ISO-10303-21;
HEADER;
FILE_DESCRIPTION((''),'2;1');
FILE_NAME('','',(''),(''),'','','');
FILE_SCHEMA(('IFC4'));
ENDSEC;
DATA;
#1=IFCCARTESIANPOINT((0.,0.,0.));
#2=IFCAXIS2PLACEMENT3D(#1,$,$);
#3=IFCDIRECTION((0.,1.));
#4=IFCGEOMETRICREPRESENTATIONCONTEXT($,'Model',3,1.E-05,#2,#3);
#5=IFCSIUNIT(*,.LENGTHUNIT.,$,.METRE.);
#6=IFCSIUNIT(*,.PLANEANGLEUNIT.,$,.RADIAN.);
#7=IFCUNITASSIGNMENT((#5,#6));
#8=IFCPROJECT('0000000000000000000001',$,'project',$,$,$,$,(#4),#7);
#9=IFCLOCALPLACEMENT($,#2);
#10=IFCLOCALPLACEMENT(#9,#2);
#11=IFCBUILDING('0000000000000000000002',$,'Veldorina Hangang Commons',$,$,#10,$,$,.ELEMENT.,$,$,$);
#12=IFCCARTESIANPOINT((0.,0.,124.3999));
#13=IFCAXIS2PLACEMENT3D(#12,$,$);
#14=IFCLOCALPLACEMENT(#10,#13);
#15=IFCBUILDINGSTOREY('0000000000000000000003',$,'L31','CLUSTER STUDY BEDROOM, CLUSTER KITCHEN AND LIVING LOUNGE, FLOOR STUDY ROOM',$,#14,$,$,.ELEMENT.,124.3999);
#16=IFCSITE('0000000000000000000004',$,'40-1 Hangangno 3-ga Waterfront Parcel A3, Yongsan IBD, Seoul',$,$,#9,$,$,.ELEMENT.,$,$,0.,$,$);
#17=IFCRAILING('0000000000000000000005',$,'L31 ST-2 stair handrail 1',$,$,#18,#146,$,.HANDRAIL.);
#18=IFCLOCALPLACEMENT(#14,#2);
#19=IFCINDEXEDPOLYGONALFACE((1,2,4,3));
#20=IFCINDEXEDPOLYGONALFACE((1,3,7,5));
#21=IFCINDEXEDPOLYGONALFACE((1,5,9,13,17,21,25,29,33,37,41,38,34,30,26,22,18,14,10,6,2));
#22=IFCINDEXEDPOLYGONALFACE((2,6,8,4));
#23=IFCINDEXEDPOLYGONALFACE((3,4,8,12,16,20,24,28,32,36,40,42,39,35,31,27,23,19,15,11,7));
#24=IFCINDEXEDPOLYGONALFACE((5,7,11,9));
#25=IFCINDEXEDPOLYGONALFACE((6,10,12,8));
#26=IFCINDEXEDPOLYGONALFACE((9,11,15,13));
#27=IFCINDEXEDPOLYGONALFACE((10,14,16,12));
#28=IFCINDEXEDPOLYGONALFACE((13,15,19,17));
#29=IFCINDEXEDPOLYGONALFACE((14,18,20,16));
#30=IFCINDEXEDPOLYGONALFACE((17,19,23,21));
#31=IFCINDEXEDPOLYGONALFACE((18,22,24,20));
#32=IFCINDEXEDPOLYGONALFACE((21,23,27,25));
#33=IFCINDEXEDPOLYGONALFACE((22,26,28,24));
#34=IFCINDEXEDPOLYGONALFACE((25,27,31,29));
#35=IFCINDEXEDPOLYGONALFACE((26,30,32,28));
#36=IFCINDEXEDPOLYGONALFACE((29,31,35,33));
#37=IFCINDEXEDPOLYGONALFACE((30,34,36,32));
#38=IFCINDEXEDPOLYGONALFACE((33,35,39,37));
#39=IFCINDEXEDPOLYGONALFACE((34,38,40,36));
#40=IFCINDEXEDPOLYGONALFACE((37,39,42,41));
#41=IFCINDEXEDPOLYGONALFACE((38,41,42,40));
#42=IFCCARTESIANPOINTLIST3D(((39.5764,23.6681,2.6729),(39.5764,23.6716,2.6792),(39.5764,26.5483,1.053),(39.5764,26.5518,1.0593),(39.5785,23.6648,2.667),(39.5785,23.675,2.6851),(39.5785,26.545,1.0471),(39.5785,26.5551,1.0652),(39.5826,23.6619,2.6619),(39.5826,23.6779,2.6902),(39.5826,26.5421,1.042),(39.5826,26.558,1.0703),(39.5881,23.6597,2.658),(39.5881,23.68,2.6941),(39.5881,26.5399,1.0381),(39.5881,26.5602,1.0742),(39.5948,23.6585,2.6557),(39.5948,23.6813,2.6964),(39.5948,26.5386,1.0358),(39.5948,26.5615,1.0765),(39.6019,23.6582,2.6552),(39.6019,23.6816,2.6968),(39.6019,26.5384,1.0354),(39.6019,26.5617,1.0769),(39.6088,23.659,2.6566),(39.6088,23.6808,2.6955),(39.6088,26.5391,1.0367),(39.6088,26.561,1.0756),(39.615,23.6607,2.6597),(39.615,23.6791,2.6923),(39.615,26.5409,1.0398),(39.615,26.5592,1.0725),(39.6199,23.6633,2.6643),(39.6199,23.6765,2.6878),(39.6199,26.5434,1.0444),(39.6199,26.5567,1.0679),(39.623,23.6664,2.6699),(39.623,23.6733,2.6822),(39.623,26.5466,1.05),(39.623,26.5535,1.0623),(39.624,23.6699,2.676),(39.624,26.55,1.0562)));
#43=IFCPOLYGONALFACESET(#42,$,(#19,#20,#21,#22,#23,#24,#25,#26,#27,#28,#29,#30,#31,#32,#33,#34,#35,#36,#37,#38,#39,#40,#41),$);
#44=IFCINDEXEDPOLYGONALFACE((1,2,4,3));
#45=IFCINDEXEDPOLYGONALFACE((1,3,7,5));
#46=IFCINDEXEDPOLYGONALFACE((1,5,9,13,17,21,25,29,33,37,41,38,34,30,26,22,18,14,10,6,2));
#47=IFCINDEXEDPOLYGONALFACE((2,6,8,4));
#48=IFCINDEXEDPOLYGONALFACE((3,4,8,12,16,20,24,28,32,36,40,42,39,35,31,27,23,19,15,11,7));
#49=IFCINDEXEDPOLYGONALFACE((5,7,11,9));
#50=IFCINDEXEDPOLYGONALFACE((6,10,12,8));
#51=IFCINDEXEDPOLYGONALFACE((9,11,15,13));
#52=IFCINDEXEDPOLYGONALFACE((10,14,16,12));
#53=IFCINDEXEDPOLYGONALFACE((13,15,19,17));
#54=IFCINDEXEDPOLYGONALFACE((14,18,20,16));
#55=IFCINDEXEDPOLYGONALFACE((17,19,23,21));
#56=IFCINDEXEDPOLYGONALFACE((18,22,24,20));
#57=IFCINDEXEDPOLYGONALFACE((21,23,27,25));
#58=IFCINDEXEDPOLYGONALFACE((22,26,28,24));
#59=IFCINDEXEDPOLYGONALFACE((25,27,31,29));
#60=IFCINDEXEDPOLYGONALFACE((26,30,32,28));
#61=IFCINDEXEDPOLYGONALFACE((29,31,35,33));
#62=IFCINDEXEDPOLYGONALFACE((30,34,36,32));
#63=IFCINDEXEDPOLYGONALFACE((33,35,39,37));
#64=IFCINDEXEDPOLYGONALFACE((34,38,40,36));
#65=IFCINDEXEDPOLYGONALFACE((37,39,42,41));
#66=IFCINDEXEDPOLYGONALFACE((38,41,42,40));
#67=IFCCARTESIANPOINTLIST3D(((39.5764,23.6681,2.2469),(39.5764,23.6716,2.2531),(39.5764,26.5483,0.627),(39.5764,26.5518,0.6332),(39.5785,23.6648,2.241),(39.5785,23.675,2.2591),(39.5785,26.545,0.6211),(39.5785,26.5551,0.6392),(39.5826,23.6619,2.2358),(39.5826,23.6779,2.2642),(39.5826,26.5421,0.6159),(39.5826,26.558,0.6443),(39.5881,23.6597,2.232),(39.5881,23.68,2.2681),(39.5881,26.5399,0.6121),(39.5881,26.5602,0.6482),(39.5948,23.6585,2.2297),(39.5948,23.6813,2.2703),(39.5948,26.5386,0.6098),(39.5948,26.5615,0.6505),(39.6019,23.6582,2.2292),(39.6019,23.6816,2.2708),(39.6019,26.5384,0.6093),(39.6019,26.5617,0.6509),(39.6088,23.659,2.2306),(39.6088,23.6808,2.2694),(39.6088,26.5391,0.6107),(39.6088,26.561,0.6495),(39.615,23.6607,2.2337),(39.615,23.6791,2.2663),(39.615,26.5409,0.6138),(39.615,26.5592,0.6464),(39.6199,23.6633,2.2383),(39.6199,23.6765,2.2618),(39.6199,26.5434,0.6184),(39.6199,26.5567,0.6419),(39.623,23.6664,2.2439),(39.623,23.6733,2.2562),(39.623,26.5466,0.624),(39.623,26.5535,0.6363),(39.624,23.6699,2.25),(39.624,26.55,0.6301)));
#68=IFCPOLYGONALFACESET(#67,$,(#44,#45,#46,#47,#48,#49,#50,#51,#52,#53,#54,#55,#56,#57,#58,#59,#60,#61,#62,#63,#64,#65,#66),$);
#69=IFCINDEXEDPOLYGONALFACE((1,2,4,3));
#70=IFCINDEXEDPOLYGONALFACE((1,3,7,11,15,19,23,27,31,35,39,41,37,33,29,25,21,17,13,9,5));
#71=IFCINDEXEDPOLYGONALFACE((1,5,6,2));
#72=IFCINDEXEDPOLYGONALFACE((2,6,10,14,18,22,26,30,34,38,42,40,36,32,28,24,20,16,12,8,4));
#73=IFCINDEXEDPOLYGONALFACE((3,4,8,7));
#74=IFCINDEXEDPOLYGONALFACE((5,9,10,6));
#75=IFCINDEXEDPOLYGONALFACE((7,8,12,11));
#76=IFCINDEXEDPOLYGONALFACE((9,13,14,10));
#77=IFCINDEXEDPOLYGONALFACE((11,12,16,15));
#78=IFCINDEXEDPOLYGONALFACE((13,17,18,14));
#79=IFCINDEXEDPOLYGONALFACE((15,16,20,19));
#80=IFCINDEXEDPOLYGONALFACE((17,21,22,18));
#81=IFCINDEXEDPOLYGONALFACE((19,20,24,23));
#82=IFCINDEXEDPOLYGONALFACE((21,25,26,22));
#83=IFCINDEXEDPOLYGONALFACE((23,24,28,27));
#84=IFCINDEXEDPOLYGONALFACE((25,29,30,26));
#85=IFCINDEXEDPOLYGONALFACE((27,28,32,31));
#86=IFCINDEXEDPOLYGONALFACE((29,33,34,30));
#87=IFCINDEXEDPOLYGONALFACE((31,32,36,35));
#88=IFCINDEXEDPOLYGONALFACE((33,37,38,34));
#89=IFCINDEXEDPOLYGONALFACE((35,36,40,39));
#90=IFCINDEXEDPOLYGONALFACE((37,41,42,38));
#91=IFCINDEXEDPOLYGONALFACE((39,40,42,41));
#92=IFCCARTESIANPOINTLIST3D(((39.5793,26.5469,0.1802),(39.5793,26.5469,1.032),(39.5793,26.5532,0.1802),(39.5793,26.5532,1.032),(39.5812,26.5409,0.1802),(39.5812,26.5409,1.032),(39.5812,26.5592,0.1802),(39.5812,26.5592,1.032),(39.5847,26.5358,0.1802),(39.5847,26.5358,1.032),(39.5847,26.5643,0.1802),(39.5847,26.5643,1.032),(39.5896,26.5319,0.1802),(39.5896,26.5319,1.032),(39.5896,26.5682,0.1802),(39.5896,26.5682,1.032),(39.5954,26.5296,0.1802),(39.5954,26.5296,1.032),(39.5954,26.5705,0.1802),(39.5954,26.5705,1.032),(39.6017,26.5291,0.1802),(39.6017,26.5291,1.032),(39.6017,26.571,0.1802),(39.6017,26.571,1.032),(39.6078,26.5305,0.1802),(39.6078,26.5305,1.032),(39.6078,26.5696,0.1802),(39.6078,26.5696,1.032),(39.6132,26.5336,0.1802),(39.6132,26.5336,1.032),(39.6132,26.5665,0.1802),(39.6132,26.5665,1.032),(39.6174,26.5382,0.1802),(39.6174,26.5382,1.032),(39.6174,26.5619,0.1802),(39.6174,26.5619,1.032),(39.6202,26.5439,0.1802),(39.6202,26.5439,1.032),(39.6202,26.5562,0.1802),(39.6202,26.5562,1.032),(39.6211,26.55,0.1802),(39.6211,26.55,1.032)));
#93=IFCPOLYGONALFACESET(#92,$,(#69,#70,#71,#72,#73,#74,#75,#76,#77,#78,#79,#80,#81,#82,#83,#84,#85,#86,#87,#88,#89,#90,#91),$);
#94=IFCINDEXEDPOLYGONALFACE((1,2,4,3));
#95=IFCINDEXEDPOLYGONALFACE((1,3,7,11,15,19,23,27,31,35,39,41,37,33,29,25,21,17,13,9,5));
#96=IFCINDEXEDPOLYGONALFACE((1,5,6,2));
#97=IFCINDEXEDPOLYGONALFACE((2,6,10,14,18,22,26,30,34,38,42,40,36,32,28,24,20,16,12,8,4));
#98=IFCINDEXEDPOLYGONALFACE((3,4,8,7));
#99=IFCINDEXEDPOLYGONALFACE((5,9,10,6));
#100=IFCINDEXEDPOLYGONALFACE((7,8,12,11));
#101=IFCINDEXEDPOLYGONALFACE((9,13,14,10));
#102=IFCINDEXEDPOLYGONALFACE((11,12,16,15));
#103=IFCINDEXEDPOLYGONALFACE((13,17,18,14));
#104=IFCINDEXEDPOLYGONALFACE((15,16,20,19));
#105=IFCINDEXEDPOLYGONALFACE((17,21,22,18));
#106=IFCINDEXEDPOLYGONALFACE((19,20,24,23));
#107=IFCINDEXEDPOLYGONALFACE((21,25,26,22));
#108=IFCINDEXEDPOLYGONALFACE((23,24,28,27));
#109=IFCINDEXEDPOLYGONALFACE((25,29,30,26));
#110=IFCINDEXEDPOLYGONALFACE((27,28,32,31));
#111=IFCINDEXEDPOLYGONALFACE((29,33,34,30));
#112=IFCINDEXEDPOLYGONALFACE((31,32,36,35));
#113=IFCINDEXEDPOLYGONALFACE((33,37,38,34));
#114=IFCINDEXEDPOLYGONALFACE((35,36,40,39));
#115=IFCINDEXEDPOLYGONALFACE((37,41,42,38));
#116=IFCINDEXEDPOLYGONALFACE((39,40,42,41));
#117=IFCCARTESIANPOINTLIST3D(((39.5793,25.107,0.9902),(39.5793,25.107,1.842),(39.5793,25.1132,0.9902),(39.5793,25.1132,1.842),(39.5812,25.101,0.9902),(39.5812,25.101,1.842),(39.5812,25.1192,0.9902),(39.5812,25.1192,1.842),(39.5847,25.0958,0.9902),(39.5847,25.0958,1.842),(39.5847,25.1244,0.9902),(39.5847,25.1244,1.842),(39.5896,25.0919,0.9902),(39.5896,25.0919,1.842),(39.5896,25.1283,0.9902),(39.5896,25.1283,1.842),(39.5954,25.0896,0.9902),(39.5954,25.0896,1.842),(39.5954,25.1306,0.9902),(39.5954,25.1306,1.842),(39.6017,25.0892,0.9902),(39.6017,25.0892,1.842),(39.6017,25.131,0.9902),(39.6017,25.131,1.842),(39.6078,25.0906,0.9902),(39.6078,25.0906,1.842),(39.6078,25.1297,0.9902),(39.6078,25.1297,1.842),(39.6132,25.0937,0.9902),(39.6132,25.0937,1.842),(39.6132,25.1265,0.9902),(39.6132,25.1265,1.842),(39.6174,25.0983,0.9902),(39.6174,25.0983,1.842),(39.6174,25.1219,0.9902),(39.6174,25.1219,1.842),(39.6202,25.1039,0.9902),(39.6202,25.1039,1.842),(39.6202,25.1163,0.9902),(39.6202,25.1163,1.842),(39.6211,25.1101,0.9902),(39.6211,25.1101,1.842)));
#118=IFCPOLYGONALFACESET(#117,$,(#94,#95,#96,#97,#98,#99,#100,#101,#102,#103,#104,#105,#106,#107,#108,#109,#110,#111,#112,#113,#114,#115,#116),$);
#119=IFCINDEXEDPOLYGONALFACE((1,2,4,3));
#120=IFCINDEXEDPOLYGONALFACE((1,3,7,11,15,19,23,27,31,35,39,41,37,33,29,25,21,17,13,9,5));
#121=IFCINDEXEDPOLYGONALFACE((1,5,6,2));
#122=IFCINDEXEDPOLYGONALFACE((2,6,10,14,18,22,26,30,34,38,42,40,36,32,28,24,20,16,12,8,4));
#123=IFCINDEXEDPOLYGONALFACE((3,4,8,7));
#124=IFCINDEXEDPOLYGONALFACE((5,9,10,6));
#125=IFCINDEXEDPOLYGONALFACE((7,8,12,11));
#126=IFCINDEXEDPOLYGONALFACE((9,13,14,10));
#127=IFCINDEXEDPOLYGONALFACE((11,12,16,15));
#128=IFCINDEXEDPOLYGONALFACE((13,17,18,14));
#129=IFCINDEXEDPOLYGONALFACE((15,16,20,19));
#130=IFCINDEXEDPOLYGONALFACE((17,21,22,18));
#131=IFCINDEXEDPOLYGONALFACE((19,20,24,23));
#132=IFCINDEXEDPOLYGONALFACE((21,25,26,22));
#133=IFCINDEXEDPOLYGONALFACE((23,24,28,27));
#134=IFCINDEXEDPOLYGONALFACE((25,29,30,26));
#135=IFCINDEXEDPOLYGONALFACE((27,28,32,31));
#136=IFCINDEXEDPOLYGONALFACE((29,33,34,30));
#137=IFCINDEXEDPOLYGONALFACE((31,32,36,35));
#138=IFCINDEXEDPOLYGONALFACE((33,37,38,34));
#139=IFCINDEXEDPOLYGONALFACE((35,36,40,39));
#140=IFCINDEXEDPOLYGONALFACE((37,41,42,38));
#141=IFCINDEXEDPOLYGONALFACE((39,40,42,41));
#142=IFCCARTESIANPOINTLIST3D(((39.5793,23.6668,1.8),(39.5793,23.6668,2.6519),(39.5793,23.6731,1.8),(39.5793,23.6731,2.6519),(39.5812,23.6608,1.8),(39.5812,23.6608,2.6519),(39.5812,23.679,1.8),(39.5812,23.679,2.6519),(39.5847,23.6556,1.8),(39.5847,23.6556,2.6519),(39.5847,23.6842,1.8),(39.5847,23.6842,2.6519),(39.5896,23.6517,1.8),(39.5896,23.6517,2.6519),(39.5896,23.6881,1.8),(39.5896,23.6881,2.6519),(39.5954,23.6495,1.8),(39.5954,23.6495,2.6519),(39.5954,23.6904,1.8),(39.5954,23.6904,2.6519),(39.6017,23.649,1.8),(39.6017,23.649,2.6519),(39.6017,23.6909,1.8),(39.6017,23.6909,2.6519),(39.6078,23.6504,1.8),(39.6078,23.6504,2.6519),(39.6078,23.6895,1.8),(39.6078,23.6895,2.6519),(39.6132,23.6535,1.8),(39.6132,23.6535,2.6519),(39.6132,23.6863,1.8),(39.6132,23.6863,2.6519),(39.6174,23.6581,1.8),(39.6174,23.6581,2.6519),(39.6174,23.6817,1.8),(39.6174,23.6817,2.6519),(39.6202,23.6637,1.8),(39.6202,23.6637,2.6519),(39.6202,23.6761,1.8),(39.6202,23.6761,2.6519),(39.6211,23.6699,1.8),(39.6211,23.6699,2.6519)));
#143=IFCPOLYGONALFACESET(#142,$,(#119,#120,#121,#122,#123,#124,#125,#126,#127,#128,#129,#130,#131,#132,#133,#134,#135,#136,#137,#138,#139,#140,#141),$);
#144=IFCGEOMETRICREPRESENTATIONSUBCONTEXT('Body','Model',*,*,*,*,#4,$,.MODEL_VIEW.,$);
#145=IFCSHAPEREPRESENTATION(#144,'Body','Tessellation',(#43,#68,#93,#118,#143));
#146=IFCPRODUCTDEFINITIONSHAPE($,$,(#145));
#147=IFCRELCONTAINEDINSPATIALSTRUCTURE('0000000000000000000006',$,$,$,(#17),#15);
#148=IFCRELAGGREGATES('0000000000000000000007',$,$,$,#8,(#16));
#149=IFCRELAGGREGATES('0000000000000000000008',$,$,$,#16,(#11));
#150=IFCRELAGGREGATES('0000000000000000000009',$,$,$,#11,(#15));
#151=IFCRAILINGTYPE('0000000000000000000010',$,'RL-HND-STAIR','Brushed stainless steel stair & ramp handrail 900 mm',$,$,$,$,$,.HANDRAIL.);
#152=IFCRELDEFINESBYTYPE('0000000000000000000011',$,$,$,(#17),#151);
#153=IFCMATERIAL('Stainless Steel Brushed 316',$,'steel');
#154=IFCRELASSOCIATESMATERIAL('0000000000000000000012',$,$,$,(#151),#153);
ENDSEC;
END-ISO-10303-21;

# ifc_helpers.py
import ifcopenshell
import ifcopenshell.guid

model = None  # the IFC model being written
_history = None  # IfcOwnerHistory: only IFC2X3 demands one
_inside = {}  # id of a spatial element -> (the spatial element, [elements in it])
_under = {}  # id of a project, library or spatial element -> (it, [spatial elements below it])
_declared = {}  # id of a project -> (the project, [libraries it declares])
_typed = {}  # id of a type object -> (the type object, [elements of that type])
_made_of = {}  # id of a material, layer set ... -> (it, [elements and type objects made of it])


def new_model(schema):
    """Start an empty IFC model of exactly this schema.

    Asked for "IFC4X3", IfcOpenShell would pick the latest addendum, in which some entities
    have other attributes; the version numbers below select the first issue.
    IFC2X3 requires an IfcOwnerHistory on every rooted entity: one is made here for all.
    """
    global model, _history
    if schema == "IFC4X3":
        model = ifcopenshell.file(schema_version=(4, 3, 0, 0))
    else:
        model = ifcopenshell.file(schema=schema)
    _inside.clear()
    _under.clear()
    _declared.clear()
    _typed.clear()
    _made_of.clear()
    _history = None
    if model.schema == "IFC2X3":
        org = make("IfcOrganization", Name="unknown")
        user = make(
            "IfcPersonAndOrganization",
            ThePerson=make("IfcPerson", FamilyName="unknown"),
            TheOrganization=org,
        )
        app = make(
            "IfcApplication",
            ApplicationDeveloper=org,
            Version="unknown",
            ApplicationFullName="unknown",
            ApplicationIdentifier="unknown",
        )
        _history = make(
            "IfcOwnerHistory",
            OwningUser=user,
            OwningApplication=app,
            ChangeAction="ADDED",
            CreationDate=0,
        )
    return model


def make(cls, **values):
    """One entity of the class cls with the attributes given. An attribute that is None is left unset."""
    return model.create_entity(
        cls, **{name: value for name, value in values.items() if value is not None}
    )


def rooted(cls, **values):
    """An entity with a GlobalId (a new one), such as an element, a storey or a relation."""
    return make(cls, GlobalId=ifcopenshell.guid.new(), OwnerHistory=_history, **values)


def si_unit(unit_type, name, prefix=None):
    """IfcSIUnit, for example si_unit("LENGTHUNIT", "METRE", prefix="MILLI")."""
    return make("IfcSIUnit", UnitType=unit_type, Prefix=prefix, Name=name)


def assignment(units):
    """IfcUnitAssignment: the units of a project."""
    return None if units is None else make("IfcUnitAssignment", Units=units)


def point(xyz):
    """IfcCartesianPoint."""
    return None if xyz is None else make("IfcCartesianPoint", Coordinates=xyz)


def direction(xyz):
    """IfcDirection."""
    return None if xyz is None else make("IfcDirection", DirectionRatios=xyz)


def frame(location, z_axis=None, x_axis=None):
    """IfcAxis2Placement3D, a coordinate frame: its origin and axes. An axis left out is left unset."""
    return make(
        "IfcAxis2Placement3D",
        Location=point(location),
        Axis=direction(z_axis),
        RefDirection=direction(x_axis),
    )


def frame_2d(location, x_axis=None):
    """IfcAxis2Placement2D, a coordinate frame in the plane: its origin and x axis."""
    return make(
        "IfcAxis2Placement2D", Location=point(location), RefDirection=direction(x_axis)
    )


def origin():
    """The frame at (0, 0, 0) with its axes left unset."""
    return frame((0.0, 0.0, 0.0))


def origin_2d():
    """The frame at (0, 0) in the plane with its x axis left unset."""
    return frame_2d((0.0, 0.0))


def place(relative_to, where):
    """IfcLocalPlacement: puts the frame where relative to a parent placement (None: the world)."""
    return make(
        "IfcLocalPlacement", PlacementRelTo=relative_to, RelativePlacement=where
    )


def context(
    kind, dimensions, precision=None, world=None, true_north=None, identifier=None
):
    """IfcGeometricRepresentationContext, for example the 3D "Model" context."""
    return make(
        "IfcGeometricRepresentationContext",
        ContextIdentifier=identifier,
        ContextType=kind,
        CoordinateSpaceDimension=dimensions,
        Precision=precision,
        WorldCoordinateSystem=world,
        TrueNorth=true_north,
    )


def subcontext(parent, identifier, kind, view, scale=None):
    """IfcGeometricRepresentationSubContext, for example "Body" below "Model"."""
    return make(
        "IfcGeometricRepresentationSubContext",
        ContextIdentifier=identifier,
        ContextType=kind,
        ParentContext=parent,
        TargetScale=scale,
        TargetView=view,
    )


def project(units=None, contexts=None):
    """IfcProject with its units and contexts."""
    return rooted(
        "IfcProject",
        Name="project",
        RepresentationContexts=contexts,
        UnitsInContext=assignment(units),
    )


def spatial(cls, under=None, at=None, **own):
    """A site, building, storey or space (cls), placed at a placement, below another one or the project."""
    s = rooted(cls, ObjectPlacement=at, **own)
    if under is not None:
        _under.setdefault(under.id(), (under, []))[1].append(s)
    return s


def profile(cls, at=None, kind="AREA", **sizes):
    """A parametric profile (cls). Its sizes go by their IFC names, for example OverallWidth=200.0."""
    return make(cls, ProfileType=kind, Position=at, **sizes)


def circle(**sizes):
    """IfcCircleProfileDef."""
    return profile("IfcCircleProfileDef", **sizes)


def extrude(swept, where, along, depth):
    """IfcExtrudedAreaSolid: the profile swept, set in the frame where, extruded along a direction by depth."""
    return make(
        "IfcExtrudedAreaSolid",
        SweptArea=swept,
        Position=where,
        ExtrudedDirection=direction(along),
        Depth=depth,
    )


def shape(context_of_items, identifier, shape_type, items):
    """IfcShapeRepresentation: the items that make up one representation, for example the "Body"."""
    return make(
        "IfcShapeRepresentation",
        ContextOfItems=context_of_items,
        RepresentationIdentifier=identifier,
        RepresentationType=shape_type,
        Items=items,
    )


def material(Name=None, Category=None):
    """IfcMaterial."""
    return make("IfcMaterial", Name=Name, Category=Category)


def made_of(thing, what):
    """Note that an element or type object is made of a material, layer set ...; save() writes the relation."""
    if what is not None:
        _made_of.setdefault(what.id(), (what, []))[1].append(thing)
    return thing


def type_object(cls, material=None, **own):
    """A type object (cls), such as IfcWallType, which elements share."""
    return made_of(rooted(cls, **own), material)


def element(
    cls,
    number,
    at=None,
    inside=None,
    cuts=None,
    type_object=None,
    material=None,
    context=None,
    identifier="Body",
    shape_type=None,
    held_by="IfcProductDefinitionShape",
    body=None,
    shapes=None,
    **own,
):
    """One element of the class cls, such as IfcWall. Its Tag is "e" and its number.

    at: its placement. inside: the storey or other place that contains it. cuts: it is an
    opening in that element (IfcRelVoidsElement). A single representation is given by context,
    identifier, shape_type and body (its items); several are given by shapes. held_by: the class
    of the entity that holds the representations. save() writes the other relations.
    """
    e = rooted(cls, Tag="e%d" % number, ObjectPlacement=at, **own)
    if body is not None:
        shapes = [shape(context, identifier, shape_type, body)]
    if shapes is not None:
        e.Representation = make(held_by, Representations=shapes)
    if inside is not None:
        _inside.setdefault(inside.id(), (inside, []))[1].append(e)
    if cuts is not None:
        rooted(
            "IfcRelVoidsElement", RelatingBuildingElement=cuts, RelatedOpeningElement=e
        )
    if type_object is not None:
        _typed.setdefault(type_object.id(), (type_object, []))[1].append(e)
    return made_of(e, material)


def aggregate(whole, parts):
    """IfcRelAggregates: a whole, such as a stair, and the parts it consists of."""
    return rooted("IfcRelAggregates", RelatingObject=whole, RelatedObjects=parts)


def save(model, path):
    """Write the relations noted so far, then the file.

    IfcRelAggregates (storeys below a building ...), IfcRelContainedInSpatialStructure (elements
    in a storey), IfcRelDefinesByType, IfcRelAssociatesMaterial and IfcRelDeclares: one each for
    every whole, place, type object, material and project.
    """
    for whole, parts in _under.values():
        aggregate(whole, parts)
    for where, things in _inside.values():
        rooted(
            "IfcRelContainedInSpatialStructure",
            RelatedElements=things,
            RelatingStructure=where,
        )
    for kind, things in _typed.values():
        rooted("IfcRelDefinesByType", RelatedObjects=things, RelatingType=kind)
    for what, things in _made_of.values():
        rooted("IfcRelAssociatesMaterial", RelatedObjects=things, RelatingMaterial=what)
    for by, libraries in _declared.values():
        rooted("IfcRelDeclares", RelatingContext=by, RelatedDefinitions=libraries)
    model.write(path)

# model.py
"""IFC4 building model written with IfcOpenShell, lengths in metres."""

from ifc_helpers import new_model, si_unit, direction, frame, origin, origin_2d, place, context, subcontext, project, spatial, circle, extrude, material, type_object, element, save


model = new_model("IFC4")

# Units and contexts
model_context = context("Model", 3, precision=1e-05, world=origin(), true_north=direction((0.0, 1.0)))
body_context = subcontext(model_context, "Body", "Model", "MODEL_VIEW")
ifc_project = project(units=[si_unit("LENGTHUNIT", "METRE"), si_unit("PLANEANGLEUNIT", "RADIAN")], contexts=[model_context])

# Site, building, storey
site_placement = place(None, origin())
site = spatial("IfcSite", under=ifc_project, at=site_placement, Name="40-1 Hangangno 3-ga Waterfront Parcel A3, Yongsan IBD, Seoul", CompositionType="ELEMENT", RefElevation=0.0)
building_placement = place(site_placement, origin())
building = spatial("IfcBuilding", under=site, at=building_placement, Name="Veldorina Hangang Commons", CompositionType="ELEMENT")
storey_placement = place(building_placement, frame((0.0, 0.0, 124.3999)))
storey = spatial("IfcBuildingStorey", under=building, at=storey_placement, Name="L31", Description="CLUSTER STUDY BEDROOM, CLUSTER KITCHEN AND LIVING LOUNGE, FLOOR STUDY ROOM", CompositionType="ELEMENT", Elevation=124.3999)

# Railing
ifc_material_1 = material(Name="Stainless Steel Brushed 316", Category="steel")
railing_type_1 = type_object("IfcRailingType", Name="RL-HND-STAIR", Description="Brushed stainless steel stair & ramp handrail 900 mm", PredefinedType="HANDRAIL", material=ifc_material_1)
railing_1_placement = place(storey_placement, frame((39.6001, 26.55, 0.1802)))
element("IfcRailing", 1, at=railing_1_placement, inside=storey, type_object=railing_type_1, Name="L31 ST-2 stair handrail 1", PredefinedType="HANDRAIL", context=body_context, shape_type="SweptSolid", body=[
    extrude(circle(Radius=0.0239, at=origin_2d()), frame((0.0, 0.0, 0.876), z_axis=(0.0, -0.871601, 0.490216), x_axis=(1.0, 0.0, 0.0)), (0.0, 0.0, 1.0), 3.3044),
    extrude(circle(Radius=0.0239, at=origin_2d()), frame((0.0, 0.0, 0.45), z_axis=(0.0, -0.871601, 0.490216), x_axis=(1.0, 0.0, 0.0)), (0.0, 0.0, 1.0), 3.3044),
    extrude(circle(Radius=0.021, at=origin_2d()), origin(), (0.0, 0.0, 1.0), 0.8518),
    extrude(circle(Radius=0.021, at=origin_2d()), frame((0.0, -1.4399, 0.8101)), (0.0, 0.0, 1.0), 0.8518),
    extrude(circle(Radius=0.021, at=origin_2d()), frame((0.0, -2.8801, 1.6199)), (0.0, 0.0, 1.0), 0.8518),
])

save(model, "model.ifc")
